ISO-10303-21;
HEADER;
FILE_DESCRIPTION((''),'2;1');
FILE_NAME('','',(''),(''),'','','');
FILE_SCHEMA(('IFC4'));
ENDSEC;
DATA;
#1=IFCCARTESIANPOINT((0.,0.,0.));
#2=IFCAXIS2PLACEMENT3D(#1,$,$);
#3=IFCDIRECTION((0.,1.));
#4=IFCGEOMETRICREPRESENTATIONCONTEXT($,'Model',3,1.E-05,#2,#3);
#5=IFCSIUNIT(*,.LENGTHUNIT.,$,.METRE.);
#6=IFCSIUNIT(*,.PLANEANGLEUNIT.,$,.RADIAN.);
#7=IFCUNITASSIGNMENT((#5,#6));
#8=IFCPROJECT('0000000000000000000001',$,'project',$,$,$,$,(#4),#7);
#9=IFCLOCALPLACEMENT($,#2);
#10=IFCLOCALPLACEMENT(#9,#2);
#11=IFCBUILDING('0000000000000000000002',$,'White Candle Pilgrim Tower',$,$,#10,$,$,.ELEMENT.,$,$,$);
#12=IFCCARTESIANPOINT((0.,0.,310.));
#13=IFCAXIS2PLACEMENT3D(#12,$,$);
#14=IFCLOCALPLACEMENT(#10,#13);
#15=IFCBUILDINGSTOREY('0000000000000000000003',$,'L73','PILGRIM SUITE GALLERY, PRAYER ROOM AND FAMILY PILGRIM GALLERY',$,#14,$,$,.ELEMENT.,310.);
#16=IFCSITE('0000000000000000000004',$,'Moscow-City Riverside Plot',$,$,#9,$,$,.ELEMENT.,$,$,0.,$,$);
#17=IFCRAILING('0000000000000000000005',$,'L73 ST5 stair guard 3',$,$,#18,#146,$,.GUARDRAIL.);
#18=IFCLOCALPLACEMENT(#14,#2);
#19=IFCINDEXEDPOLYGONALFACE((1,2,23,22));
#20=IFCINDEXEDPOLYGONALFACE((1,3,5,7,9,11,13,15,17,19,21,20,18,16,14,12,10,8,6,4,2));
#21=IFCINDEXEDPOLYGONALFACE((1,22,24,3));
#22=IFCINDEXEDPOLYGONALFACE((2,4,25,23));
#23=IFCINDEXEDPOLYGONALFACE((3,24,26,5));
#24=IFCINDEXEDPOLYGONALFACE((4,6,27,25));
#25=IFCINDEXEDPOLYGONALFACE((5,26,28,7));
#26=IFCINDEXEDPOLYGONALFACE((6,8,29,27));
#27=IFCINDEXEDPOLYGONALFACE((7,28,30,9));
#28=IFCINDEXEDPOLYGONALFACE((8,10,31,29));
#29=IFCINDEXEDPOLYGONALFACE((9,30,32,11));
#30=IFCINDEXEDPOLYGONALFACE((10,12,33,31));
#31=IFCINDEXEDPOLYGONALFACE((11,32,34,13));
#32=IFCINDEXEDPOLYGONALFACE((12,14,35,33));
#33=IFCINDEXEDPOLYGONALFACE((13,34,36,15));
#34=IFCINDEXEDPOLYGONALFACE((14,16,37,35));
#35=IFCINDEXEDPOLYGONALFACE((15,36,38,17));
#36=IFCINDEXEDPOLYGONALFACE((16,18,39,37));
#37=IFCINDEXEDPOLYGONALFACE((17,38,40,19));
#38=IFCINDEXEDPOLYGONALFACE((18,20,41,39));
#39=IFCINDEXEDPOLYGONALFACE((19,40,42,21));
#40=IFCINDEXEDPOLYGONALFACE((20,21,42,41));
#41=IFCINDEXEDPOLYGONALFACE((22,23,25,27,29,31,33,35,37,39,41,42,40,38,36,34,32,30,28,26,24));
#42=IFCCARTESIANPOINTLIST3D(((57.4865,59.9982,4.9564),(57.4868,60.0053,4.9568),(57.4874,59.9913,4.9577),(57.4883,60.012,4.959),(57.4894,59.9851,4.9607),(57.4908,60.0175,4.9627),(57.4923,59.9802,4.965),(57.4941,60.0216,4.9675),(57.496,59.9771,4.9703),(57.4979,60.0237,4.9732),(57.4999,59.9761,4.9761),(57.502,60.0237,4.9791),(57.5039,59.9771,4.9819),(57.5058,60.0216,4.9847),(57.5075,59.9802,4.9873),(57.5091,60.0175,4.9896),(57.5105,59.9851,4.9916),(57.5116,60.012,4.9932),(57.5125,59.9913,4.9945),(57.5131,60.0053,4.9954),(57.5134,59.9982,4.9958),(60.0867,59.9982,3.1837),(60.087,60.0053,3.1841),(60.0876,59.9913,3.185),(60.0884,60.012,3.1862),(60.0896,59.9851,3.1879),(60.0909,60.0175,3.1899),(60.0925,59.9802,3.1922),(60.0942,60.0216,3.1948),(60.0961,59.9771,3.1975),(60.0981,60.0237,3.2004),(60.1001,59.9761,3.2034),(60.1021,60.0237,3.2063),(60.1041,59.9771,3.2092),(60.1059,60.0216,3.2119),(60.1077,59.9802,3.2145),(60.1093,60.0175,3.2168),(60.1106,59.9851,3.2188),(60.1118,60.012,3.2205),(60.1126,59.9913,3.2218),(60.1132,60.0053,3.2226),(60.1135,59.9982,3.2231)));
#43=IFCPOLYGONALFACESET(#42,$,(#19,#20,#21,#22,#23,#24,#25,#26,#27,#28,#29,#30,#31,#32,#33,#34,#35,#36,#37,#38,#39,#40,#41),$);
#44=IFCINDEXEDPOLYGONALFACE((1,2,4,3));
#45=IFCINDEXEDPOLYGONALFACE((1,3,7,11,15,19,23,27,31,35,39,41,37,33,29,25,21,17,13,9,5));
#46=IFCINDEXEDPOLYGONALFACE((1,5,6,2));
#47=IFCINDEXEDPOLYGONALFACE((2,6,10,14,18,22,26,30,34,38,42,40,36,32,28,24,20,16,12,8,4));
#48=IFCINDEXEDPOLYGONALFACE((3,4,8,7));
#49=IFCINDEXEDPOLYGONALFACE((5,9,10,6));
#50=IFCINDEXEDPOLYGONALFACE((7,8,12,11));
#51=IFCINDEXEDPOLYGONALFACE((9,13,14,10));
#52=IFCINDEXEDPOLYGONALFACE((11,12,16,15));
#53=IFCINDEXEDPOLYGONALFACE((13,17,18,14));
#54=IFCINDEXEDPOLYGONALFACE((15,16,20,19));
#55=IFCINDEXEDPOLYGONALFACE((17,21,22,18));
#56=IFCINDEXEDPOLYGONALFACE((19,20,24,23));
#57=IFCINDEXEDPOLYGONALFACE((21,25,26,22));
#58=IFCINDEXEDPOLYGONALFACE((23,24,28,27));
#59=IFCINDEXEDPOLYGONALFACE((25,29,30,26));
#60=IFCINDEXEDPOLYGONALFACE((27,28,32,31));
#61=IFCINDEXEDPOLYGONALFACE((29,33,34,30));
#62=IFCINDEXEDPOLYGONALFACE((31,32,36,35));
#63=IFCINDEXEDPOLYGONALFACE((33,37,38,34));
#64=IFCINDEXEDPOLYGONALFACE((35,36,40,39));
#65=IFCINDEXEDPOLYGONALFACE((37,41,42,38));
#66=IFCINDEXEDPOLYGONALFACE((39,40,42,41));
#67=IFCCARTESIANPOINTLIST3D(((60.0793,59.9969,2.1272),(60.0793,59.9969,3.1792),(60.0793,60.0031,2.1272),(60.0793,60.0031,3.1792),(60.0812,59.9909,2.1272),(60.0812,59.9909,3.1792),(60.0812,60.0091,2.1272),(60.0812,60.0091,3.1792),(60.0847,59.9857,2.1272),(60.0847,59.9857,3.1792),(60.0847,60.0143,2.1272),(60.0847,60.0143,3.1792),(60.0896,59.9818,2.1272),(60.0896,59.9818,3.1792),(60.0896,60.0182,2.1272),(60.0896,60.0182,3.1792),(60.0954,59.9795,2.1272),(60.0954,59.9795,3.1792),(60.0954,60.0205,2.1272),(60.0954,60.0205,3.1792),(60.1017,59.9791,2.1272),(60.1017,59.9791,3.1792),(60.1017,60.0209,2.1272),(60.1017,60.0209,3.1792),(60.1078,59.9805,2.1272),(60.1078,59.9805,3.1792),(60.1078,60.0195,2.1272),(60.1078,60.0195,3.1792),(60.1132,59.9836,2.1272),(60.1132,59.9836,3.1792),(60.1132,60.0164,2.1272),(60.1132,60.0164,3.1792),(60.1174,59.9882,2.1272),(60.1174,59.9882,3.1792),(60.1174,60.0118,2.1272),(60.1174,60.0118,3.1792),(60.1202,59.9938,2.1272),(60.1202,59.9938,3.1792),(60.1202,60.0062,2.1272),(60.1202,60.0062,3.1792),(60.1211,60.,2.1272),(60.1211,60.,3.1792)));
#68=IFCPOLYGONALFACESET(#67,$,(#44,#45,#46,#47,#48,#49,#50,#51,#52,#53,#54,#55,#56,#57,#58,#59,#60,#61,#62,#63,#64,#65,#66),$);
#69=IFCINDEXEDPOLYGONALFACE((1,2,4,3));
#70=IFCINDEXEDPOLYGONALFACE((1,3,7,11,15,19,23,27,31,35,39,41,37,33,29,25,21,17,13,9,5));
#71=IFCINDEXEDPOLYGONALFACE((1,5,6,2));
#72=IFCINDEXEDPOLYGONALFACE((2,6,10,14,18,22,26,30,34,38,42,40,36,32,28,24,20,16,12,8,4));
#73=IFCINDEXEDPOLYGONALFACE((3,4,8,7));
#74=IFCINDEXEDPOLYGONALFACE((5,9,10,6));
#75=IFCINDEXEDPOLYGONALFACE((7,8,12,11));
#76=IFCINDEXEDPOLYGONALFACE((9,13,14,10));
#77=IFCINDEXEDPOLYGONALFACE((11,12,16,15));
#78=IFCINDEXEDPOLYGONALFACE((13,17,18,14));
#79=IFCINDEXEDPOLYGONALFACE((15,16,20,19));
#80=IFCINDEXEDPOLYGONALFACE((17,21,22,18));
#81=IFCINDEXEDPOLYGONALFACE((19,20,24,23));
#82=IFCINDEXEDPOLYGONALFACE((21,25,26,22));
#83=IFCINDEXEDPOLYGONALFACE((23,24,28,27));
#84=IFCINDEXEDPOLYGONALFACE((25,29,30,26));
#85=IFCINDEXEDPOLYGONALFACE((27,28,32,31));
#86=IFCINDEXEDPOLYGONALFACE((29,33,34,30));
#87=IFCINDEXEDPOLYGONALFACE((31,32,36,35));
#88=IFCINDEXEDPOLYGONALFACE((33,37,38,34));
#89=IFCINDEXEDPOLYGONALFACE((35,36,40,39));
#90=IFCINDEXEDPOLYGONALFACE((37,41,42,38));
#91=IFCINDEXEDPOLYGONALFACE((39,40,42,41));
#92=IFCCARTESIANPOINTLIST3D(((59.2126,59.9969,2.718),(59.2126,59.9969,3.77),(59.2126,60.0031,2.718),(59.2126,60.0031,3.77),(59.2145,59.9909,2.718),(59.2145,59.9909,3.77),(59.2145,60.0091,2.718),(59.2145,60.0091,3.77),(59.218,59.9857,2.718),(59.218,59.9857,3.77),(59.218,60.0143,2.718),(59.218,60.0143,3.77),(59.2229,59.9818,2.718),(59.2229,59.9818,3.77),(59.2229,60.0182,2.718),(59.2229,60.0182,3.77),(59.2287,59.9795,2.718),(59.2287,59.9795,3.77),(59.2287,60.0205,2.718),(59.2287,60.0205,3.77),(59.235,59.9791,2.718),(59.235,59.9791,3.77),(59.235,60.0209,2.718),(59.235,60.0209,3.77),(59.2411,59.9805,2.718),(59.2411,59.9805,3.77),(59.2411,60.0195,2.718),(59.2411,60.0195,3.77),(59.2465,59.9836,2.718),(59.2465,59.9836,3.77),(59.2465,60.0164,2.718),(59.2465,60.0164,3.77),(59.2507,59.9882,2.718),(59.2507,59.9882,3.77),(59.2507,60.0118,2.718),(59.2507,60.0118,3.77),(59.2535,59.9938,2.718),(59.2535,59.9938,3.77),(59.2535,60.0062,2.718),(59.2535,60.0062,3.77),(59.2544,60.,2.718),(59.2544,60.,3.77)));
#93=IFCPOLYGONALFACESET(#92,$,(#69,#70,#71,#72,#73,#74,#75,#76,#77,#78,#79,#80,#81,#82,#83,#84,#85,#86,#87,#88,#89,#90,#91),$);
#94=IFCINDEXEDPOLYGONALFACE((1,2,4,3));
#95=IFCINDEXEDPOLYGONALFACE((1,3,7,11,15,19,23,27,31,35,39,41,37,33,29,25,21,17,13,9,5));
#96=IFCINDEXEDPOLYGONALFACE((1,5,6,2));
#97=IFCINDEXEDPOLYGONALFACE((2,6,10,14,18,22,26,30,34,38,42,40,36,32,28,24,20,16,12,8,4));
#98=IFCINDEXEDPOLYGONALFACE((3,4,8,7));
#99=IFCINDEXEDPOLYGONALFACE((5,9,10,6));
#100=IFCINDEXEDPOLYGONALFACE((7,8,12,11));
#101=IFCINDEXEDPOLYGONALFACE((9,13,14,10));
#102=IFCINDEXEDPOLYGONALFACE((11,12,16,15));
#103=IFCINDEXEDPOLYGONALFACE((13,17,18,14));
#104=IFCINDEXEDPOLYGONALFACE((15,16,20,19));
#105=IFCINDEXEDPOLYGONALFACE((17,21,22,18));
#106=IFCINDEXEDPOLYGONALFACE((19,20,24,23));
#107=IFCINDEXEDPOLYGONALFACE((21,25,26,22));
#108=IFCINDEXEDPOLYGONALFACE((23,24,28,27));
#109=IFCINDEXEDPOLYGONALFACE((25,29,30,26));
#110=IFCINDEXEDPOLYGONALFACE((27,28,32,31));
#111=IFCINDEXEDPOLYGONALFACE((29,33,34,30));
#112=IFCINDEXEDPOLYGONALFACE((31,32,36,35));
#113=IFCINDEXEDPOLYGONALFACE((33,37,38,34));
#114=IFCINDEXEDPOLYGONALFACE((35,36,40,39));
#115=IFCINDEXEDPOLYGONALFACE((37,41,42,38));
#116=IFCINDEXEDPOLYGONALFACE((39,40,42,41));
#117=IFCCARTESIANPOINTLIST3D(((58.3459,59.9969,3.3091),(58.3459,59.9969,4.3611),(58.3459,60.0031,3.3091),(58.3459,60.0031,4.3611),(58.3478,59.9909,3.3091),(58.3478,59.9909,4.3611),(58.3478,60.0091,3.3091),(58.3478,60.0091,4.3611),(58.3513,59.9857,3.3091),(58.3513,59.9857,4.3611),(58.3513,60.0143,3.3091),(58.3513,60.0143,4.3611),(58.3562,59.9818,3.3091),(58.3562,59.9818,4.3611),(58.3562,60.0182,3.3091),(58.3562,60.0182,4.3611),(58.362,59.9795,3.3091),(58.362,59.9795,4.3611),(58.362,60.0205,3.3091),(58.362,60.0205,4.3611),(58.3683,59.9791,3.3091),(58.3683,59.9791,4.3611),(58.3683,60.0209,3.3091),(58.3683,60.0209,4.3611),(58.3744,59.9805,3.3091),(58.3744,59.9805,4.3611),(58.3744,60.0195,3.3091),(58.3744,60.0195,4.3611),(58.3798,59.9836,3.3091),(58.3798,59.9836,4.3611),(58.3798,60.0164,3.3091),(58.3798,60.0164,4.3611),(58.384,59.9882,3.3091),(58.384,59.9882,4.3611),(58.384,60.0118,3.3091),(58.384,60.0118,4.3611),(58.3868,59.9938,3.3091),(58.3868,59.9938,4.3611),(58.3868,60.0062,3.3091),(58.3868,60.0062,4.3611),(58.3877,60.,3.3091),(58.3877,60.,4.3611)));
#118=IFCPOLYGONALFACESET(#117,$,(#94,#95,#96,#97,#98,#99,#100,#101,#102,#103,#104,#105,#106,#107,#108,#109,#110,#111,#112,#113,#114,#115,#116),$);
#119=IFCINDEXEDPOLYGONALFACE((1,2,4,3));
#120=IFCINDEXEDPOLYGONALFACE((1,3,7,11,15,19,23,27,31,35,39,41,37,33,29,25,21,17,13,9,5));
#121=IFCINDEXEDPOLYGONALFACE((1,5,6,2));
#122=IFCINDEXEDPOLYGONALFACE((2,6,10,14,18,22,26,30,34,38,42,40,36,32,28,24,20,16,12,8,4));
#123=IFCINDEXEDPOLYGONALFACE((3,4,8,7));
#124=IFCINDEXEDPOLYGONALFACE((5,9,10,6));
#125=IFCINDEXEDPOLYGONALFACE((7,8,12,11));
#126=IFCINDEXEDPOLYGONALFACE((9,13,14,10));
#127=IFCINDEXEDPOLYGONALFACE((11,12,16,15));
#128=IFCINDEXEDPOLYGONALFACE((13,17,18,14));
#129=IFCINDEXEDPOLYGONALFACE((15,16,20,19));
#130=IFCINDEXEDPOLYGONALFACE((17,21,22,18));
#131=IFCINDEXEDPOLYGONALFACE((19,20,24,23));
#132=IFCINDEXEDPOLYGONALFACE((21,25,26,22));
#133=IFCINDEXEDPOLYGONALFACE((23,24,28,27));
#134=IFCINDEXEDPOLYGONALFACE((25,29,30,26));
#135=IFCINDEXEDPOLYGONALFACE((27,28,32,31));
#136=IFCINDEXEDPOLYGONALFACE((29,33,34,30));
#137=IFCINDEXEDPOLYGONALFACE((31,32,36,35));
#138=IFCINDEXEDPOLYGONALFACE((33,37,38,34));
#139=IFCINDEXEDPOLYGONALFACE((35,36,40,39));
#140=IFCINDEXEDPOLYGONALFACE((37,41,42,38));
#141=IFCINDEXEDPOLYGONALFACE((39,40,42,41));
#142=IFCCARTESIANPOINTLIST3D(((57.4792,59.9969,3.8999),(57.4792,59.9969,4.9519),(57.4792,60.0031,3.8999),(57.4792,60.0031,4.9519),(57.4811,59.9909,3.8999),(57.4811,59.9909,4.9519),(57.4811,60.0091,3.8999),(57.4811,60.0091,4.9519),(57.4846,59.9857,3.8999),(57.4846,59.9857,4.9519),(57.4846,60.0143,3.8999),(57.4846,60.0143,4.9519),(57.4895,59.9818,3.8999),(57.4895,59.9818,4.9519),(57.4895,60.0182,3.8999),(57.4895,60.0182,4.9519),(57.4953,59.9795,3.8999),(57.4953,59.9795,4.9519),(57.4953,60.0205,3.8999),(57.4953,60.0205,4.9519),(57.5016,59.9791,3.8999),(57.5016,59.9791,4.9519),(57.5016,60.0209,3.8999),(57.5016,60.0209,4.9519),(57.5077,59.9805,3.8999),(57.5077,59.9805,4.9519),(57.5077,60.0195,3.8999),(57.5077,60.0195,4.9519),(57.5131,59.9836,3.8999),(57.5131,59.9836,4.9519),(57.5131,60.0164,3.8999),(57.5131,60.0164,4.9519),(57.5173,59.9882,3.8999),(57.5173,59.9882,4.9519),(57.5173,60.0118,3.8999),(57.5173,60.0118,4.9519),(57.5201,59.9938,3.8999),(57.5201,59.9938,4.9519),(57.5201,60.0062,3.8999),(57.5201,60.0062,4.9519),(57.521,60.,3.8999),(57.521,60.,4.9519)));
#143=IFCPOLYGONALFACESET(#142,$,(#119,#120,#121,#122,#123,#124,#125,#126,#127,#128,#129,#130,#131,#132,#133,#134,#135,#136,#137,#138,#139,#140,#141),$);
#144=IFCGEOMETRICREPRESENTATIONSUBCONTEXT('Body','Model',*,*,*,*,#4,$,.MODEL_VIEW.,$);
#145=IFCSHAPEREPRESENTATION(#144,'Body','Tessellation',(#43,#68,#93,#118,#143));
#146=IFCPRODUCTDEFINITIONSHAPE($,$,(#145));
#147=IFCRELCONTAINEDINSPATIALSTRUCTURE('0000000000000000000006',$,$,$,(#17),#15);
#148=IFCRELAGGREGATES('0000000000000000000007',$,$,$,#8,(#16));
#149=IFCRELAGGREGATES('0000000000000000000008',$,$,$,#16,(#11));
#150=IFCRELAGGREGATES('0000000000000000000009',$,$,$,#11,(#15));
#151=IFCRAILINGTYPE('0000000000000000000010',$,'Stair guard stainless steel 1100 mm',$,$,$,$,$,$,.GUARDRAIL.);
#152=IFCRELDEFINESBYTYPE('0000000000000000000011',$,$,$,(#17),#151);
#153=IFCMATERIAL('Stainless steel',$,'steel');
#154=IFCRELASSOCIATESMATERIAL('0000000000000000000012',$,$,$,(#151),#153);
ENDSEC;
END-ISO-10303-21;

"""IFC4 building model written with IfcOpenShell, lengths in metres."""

from ifc_helpers import new_model, si_unit, direction, frame, origin, origin_2d, place, context, subcontext, project, spatial, circle, extrude, material, type_object, element, save


model = new_model("IFC4")

# Units and contexts
model_context = context("Model", 3, precision=1e-05, world=origin(), true_north=direction((0.0, 1.0)))
body_context = subcontext(model_context, "Body", "Model", "MODEL_VIEW")
ifc_project = project(units=[si_unit("LENGTHUNIT", "METRE"), si_unit("PLANEANGLEUNIT", "RADIAN")], contexts=[model_context])

# Site, building, storey
site_placement = place(None, origin())
site = spatial("IfcSite", under=ifc_project, at=site_placement, Name="Moscow-City Riverside Plot", CompositionType="ELEMENT", RefElevation=0.0)
building_placement = place(site_placement, origin())
building = spatial("IfcBuilding", under=site, at=building_placement, Name="White Candle Pilgrim Tower", CompositionType="ELEMENT")
storey_placement = place(building_placement, frame((0.0, 0.0, 310.0)))
storey = spatial("IfcBuildingStorey", under=building, at=storey_placement, Name="L73", Description="PILGRIM SUITE GALLERY, PRAYER ROOM AND FAMILY PILGRIM GALLERY", CompositionType="ELEMENT", Elevation=310.0)

# Railing
ifc_material_1 = material(Name="Stainless steel", Category="steel")
railing_type_1 = type_object("IfcRailingType", Name="Stair guard stainless steel 1100 mm", PredefinedType="GUARDRAIL", material=ifc_material_1)
railing_1_placement = place(storey_placement, frame((60.1001, 60.0, 2.1272)))
element("IfcRailing", 1, at=railing_1_placement, inside=storey, type_object=railing_type_1, Name="L73 ST5 stair guard 3", PredefinedType="GUARDRAIL", context=body_context, shape_type="SweptSolid", body=[
    extrude(circle(Radius=0.0239, at=origin_2d()), frame((0.0, 0.0, 1.0762), z_axis=(-0.82624, 0.0, 0.563318), x_axis=(0.0, -1.0, 0.0)), (0.0, 0.0, 1.0), 3.147),
    extrude(circle(Radius=0.021, at=origin_2d()), origin(), (0.0, 0.0, 1.0), 1.052),
    extrude(circle(Radius=0.021, at=origin_2d()), frame((-0.8667, 0.0, 0.5908)), (0.0, 0.0, 1.0), 1.052),
    extrude(circle(Radius=0.021, at=origin_2d()), frame((-1.7334, 0.0, 1.1819)), (0.0, 0.0, 1.0), 1.052),
    extrude(circle(Radius=0.021, at=origin_2d()), frame((-2.6001, 0.0, 1.7727)), (0.0, 0.0, 1.0), 1.052),
])

save(model, "model.ifc")
